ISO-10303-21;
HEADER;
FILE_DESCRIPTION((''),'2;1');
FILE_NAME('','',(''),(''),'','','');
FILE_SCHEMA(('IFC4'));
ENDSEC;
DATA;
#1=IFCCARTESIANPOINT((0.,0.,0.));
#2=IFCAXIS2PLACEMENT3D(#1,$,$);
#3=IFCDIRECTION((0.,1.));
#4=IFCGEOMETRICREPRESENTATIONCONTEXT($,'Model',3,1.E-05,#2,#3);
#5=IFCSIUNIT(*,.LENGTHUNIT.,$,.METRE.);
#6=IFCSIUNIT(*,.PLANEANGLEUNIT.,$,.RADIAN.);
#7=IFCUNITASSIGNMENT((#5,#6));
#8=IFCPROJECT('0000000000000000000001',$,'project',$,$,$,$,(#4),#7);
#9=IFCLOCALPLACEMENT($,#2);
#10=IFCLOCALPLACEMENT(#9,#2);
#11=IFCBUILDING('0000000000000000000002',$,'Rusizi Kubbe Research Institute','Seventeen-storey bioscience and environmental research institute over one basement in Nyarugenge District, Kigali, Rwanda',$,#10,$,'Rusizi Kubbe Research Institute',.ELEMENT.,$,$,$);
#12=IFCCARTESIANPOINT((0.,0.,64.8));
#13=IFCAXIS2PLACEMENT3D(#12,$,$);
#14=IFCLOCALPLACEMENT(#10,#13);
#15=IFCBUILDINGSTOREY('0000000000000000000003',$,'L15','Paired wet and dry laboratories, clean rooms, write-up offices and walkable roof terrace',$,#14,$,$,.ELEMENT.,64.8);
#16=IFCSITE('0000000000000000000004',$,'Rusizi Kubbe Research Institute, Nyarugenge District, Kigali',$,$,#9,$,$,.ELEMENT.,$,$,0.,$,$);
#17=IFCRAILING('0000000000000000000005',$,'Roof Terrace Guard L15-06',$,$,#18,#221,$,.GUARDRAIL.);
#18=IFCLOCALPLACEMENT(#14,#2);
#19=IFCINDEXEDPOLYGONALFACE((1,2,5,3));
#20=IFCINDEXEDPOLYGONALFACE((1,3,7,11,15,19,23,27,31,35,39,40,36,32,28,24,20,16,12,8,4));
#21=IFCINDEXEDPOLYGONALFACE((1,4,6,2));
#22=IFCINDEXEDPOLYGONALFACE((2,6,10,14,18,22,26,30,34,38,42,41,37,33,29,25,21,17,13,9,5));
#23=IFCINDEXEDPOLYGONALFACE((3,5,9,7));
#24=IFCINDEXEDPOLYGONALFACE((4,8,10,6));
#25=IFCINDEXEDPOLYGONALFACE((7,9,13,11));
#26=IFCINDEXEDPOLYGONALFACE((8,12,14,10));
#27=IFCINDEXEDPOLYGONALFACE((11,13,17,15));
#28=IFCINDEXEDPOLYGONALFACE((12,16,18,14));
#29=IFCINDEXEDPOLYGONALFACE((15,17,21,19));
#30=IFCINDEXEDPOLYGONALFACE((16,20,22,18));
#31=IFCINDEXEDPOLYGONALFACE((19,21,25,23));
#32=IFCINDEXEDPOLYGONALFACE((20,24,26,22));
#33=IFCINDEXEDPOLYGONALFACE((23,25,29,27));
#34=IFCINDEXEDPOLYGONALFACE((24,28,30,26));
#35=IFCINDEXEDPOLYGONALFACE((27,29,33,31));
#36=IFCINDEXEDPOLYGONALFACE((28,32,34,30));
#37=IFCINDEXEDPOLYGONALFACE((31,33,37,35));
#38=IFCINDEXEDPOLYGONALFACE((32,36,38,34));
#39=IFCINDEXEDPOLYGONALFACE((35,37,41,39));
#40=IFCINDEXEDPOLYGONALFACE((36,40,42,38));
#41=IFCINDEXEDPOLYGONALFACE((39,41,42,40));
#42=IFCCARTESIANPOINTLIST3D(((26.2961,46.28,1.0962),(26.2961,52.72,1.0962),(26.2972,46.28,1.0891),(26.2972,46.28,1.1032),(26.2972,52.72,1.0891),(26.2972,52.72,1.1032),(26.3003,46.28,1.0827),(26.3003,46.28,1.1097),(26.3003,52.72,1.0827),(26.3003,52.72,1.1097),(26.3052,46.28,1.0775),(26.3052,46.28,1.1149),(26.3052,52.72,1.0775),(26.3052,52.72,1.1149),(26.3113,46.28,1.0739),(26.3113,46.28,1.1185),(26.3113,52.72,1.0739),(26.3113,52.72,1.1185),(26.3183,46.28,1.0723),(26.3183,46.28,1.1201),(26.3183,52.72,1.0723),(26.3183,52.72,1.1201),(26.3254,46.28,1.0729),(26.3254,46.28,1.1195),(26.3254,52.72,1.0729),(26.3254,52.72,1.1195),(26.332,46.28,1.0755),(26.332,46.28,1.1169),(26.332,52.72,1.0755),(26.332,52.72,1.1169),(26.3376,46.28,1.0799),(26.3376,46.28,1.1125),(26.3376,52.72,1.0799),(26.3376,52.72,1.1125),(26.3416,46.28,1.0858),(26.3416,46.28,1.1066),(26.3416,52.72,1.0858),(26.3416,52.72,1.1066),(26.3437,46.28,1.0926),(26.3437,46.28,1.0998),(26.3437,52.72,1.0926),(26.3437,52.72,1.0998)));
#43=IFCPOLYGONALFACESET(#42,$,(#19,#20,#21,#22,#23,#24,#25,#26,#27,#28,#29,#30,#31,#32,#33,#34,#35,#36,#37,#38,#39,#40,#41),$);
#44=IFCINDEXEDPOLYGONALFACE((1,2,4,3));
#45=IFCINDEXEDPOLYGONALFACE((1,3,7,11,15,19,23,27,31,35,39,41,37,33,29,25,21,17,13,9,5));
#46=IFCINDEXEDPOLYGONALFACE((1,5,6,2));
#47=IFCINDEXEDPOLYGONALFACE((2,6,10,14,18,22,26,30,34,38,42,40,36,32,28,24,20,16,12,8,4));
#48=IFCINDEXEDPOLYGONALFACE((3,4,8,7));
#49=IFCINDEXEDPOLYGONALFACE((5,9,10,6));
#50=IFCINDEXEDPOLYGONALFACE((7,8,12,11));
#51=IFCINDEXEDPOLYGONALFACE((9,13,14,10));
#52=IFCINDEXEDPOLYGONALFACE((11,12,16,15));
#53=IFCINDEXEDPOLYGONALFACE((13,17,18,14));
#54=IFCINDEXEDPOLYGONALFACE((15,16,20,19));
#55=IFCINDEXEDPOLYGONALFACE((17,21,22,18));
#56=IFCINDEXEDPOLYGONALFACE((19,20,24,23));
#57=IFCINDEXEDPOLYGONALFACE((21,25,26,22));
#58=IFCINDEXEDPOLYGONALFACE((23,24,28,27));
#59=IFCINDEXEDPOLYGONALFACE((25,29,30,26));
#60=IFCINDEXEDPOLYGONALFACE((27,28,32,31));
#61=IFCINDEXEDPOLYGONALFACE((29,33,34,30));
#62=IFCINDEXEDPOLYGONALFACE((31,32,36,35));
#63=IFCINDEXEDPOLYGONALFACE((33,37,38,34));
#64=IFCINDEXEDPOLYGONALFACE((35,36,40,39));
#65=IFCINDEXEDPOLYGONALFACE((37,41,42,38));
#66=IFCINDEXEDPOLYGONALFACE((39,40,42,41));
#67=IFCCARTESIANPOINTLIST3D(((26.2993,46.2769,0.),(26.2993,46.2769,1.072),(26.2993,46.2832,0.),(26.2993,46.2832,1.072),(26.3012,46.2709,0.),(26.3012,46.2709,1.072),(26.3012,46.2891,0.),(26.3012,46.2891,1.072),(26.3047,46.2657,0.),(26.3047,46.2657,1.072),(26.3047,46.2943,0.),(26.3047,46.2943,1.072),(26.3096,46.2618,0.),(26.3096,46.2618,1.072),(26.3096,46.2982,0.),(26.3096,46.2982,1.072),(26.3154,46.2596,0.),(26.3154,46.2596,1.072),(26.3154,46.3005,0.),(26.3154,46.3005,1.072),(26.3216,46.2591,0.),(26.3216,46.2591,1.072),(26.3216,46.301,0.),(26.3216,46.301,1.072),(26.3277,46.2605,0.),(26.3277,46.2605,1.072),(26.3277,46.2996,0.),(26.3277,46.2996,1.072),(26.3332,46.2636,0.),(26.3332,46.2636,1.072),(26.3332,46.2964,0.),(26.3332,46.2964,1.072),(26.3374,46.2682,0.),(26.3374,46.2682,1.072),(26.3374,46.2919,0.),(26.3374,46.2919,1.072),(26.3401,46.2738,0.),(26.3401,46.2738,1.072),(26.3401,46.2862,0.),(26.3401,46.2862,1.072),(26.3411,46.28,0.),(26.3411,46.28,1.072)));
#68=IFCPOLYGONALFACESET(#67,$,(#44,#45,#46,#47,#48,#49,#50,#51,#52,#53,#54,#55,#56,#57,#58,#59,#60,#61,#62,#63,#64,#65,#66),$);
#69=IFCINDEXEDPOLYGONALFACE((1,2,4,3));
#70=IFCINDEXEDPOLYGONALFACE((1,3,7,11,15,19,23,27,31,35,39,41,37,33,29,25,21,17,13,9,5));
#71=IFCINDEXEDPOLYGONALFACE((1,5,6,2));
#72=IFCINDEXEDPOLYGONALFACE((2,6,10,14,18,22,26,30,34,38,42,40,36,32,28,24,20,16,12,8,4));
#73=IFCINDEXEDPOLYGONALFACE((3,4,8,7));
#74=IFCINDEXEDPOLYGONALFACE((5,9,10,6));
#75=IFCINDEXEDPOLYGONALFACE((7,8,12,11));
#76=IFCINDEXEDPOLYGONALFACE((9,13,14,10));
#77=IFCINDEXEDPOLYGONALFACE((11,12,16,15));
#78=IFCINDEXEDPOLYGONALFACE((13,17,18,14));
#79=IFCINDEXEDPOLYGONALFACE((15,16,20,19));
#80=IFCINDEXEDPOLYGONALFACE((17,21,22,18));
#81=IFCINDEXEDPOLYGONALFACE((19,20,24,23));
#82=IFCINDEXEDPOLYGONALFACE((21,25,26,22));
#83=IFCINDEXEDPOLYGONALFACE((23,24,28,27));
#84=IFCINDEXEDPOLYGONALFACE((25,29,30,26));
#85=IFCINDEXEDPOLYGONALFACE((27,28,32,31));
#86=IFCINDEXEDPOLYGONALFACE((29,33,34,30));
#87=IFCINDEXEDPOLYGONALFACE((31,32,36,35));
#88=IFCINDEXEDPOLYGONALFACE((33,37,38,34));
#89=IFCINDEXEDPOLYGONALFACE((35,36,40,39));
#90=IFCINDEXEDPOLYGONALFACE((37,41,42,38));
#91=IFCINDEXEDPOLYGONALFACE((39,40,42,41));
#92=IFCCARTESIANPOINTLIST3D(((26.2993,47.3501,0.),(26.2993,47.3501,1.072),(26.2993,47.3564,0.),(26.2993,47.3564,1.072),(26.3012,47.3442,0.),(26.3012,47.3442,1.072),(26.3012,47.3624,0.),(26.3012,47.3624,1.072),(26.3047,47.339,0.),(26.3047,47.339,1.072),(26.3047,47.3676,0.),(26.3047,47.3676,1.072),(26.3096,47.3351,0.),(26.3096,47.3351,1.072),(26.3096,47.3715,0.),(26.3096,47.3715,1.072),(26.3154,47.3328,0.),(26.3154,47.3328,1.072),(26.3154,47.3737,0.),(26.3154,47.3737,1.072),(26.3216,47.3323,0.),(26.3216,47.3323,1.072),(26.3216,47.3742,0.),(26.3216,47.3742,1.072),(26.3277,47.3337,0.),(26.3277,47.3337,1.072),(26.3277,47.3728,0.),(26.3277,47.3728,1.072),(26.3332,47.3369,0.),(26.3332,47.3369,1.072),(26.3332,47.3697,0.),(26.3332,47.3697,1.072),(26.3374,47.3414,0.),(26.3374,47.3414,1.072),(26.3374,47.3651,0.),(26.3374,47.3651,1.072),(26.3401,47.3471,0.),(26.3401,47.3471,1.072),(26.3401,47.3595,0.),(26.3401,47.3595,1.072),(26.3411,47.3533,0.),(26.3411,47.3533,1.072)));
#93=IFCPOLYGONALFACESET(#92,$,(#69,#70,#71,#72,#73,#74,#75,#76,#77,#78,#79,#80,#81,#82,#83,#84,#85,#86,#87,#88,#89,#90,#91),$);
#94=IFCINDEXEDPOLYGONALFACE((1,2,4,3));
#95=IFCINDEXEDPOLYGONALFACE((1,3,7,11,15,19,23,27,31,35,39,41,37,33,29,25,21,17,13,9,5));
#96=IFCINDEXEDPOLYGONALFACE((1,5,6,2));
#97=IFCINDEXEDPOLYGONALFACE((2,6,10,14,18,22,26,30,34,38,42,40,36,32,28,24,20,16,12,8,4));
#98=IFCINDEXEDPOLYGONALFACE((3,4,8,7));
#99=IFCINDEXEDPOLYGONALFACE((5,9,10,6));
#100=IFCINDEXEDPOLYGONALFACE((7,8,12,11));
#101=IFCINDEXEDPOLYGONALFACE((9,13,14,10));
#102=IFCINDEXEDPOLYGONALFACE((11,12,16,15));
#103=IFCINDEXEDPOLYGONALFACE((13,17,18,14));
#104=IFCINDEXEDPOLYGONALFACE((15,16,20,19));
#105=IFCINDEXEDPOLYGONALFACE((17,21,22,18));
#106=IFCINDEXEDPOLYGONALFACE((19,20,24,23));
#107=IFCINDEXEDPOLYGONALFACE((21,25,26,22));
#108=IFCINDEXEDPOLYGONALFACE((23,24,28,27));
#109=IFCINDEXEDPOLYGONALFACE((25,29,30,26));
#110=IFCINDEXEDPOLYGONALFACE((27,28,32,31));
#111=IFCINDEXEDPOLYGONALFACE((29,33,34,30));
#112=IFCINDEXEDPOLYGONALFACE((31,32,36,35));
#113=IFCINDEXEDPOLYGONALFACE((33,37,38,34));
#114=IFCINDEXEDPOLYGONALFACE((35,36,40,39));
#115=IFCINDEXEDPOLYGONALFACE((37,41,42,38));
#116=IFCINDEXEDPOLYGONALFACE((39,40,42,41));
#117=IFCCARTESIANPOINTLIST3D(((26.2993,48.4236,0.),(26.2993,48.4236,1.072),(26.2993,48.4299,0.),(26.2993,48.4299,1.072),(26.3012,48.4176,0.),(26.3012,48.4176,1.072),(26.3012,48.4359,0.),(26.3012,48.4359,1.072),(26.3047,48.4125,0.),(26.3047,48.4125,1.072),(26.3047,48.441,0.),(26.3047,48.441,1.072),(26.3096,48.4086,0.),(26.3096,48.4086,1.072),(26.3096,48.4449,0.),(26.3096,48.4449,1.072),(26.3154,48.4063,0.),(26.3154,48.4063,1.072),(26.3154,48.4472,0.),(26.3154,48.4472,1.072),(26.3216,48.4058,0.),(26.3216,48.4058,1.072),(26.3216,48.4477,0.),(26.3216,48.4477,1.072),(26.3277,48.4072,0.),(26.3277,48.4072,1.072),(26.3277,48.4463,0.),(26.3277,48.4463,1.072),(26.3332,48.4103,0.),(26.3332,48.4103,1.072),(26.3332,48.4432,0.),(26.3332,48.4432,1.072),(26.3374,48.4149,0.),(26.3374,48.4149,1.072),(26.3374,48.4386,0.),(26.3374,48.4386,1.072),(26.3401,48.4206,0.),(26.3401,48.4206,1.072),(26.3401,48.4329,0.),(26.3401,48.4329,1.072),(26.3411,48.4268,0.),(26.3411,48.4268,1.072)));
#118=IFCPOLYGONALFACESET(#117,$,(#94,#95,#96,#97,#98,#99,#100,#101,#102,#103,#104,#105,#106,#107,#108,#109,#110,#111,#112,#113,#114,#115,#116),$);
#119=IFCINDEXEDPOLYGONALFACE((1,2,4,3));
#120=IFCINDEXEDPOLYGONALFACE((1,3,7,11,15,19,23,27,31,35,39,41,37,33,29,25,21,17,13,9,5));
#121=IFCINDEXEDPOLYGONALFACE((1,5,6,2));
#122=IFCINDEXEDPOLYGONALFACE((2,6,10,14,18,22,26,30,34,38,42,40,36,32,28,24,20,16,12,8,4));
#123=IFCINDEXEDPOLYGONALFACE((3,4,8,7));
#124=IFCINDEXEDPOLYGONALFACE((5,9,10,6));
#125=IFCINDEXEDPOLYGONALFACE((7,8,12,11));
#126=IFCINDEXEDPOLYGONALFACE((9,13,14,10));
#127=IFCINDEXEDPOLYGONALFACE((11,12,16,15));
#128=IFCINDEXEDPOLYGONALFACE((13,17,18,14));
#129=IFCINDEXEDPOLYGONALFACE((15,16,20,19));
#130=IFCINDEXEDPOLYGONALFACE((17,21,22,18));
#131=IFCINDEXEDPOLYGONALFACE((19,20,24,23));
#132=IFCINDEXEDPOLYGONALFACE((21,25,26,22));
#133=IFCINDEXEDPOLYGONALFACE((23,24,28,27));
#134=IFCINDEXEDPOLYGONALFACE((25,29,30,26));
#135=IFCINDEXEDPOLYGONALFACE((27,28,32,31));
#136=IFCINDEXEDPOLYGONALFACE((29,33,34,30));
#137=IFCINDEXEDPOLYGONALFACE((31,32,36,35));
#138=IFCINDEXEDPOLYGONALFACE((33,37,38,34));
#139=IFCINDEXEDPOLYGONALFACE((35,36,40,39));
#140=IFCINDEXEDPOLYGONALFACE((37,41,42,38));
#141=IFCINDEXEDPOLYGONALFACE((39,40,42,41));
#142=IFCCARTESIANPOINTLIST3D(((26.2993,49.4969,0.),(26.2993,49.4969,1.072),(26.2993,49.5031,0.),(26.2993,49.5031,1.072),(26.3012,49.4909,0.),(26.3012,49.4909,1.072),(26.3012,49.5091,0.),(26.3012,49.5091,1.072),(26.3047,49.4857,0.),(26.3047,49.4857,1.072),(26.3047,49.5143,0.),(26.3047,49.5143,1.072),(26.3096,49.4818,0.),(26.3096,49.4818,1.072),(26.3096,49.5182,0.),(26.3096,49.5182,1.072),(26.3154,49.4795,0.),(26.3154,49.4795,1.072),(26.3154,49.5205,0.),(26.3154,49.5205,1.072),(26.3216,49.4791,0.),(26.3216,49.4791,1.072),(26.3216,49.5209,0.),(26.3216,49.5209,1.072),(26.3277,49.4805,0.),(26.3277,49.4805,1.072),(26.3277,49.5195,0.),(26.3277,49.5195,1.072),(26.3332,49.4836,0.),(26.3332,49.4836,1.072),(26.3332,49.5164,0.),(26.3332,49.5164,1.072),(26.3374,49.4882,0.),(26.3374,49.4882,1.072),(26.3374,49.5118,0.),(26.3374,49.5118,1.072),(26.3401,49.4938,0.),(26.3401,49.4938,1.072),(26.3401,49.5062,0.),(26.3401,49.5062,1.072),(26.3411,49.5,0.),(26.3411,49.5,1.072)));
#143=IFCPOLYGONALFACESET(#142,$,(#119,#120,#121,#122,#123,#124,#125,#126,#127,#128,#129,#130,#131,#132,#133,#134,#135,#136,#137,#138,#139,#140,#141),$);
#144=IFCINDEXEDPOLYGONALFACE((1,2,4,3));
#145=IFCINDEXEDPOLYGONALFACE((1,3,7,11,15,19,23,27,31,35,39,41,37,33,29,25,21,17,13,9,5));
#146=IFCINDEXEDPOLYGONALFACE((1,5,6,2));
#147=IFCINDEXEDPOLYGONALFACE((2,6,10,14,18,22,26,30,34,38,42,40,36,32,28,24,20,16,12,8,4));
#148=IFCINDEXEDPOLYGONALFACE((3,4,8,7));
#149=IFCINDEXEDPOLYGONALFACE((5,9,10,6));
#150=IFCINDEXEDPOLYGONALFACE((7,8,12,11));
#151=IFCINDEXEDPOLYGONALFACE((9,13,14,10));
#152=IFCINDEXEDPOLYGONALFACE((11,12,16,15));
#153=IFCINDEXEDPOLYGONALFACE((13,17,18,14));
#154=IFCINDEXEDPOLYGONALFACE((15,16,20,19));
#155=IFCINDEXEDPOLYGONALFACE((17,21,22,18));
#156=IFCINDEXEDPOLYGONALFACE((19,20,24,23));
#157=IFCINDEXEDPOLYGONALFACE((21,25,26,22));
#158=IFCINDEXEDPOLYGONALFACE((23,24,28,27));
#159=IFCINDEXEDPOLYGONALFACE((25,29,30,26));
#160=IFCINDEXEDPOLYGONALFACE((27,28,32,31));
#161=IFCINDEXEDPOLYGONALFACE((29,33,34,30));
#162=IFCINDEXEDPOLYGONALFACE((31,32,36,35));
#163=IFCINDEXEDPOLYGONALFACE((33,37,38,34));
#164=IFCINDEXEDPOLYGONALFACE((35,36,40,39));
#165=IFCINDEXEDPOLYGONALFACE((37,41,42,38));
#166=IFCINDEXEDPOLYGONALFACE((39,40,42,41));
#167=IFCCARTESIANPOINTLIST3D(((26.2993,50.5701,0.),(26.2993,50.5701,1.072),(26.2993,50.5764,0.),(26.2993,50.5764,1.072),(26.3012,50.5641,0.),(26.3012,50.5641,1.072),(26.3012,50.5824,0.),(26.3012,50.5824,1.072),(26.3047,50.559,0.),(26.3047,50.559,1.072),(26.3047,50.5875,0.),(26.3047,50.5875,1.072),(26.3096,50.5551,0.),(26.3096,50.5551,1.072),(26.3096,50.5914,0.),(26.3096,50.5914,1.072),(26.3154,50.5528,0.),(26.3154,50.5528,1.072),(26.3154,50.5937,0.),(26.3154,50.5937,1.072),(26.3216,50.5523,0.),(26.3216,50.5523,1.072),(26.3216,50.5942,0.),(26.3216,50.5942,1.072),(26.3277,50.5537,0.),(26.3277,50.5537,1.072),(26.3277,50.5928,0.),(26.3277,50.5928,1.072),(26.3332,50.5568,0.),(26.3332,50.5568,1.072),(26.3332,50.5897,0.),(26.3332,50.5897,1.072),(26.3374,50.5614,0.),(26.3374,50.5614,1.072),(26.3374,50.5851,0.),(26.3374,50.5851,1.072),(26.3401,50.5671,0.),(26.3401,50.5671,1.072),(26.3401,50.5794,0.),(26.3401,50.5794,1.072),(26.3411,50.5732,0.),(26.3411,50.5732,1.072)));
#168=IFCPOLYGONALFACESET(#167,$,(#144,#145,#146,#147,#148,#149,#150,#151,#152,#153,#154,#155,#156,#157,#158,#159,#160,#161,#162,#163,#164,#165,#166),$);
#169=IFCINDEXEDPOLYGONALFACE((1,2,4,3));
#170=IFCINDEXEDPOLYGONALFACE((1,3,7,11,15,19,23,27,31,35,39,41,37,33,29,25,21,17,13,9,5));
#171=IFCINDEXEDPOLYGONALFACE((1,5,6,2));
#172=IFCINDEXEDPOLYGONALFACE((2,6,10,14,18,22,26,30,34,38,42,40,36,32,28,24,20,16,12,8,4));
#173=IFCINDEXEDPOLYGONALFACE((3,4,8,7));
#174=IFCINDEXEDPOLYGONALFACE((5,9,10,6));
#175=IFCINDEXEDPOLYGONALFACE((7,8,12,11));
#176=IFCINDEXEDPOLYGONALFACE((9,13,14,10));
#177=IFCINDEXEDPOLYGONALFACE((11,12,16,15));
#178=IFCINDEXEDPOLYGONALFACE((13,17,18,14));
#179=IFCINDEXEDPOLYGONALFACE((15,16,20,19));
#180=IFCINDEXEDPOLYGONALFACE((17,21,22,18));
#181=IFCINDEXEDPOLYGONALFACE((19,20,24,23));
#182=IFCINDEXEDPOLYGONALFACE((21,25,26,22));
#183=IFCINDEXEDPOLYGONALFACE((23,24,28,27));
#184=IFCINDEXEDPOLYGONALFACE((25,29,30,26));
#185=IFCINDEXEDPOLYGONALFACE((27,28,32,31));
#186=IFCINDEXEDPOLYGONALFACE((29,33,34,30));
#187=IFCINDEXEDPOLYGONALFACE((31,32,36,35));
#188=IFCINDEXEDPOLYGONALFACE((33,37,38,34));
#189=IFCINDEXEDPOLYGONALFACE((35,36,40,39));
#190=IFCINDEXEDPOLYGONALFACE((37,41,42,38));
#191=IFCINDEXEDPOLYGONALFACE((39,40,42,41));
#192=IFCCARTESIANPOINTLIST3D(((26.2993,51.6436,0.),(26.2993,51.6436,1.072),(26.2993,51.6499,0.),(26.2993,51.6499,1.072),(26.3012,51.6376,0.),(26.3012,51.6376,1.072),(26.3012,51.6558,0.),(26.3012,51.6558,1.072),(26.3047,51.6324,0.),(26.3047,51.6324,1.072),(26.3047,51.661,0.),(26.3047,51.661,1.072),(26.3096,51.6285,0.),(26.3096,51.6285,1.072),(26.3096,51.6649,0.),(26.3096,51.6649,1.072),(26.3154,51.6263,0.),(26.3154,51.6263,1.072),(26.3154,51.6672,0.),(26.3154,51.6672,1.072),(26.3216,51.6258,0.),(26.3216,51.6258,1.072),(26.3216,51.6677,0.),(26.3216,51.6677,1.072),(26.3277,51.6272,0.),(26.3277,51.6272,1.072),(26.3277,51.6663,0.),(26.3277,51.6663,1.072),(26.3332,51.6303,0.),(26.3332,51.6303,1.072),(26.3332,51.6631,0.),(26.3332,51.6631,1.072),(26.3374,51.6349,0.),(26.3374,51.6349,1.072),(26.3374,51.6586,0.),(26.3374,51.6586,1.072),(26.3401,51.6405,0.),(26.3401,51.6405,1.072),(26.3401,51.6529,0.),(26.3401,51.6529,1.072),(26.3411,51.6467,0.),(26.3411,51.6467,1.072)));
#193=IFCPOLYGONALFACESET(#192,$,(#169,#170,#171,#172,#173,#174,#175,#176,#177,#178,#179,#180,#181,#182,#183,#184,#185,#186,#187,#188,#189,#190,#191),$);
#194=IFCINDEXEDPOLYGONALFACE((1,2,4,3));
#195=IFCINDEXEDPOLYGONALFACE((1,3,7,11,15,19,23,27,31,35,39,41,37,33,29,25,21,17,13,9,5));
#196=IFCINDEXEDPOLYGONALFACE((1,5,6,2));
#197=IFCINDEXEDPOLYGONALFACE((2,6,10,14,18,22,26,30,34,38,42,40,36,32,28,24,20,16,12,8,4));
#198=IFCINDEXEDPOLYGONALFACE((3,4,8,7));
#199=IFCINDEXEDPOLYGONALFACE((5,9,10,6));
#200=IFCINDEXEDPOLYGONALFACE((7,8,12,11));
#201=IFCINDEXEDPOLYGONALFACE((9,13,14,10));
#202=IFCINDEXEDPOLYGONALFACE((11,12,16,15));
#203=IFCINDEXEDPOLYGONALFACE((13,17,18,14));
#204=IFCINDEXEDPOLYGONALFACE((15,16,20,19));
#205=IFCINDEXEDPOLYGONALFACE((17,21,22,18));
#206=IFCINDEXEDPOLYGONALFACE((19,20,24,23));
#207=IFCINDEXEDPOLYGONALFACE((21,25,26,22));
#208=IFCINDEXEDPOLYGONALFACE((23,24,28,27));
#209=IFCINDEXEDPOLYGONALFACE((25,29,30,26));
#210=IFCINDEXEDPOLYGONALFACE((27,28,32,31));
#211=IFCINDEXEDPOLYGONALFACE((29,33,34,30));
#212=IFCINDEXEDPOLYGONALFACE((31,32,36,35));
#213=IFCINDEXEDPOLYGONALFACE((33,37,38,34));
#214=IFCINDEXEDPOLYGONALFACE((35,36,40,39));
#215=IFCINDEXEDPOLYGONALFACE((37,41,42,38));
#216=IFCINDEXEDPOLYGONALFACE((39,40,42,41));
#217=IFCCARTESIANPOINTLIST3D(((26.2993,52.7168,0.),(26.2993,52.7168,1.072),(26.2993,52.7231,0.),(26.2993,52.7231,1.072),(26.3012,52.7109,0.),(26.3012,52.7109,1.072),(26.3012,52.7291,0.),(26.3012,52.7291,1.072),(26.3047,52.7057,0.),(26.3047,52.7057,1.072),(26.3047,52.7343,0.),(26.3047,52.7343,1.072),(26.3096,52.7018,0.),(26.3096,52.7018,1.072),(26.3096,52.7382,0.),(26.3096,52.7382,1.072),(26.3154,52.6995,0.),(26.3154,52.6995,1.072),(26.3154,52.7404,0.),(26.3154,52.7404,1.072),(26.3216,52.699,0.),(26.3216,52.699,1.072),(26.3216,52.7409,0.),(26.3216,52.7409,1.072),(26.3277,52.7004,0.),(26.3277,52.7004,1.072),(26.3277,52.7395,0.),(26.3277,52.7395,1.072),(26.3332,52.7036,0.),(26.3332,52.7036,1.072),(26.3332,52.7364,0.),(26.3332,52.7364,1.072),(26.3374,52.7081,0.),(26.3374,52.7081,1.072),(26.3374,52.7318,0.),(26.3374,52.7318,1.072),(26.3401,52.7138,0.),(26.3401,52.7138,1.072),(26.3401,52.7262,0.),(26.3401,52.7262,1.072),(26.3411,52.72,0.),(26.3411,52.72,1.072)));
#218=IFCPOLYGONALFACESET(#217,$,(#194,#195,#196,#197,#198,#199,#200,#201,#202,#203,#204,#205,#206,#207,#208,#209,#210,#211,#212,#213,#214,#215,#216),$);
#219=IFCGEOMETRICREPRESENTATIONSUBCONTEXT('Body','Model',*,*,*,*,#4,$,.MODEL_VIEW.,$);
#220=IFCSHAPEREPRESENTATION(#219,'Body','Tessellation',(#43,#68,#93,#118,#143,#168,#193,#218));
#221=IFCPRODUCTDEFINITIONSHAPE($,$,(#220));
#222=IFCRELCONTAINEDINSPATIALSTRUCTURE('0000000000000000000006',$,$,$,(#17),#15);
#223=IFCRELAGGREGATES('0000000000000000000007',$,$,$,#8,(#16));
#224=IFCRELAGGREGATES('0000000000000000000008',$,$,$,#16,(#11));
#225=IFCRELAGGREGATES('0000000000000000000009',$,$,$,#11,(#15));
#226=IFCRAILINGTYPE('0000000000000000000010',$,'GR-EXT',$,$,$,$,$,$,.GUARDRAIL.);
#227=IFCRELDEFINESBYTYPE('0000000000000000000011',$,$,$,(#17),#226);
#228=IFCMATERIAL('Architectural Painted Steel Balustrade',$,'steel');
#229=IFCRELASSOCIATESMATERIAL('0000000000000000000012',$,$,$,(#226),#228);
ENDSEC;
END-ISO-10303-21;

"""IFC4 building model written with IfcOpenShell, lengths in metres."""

from ifc_helpers import new_model, si_unit, direction, frame, origin, origin_2d, place, context, subcontext, project, spatial, circle, extrude, material, type_object, element, save


model = new_model("IFC4")

# Units and contexts
model_context = context("Model", 3, precision=1e-05, world=origin(), true_north=direction((0.0, 1.0)))
body_context = subcontext(model_context, "Body", "Model", "MODEL_VIEW")
ifc_project = project(units=[si_unit("LENGTHUNIT", "METRE"), si_unit("PLANEANGLEUNIT", "RADIAN")], contexts=[model_context])

# Site, building, storey
site_placement = place(None, origin())
site = spatial("IfcSite", under=ifc_project, at=site_placement, Name="Rusizi Kubbe Research Institute, Nyarugenge District, Kigali", CompositionType="ELEMENT", RefElevation=0.0)
building_placement = place(site_placement, origin())
building = spatial("IfcBuilding", under=site, at=building_placement, Name="Rusizi Kubbe Research Institute", Description="Seventeen-storey bioscience and environmental research institute over one basement in Nyarugenge District, Kigali, Rwanda", LongName="Rusizi Kubbe Research Institute", CompositionType="ELEMENT")
storey_placement = place(building_placement, frame((0.0, 0.0, 64.8)))
storey = spatial("IfcBuildingStorey", under=building, at=storey_placement, Name="L15", Description="Paired wet and dry laboratories, clean rooms, write-up offices and walkable roof terrace", CompositionType="ELEMENT", Elevation=64.8)

# Railing
ifc_material_1 = material(Name="Architectural Painted Steel Balustrade", Category="steel")
railing_type_1 = type_object("IfcRailingType", Name="GR-EXT", PredefinedType="GUARDRAIL", material=ifc_material_1)
railing_1_placement = place(storey_placement, frame((26.3201, 46.28, 0.0)))
element("IfcRailing", 1, at=railing_1_placement, inside=storey, type_object=railing_type_1, Name="Roof Terrace Guard L15-06", PredefinedType="GUARDRAIL", context=body_context, shape_type="SweptSolid", body=[
    extrude(circle(Radius=0.0239, at=origin_2d()), frame((0.0, 0.0, 1.0962), z_axis=(0.0, 1.0, 0.0), x_axis=(-1.0, 0.0, 0.0)), (0.0, 0.0, 1.0), 6.4399),
    extrude(circle(Radius=0.021, at=origin_2d()), origin(), (0.0, 0.0, 1.0), 1.072),
    extrude(circle(Radius=0.021, at=origin_2d()), frame((0.0, 1.0732, 0.0)), (0.0, 0.0, 1.0), 1.072),
    extrude(circle(Radius=0.021, at=origin_2d()), frame((0.0, 2.1467, 0.0)), (0.0, 0.0, 1.0), 1.072),
    extrude(circle(Radius=0.021, at=origin_2d()), frame((0.0, 3.22, 0.0)), (0.0, 0.0, 1.0), 1.072),
    extrude(circle(Radius=0.021, at=origin_2d()), frame((0.0, 4.2932, 0.0)), (0.0, 0.0, 1.0), 1.072),
    extrude(circle(Radius=0.021, at=origin_2d()), frame((0.0, 5.3667, 0.0)), (0.0, 0.0, 1.0), 1.072),
    extrude(circle(Radius=0.021, at=origin_2d()), frame((0.0, 6.4399, 0.0)), (0.0, 0.0, 1.0), 1.072),
])

save(model, "model.ifc")
